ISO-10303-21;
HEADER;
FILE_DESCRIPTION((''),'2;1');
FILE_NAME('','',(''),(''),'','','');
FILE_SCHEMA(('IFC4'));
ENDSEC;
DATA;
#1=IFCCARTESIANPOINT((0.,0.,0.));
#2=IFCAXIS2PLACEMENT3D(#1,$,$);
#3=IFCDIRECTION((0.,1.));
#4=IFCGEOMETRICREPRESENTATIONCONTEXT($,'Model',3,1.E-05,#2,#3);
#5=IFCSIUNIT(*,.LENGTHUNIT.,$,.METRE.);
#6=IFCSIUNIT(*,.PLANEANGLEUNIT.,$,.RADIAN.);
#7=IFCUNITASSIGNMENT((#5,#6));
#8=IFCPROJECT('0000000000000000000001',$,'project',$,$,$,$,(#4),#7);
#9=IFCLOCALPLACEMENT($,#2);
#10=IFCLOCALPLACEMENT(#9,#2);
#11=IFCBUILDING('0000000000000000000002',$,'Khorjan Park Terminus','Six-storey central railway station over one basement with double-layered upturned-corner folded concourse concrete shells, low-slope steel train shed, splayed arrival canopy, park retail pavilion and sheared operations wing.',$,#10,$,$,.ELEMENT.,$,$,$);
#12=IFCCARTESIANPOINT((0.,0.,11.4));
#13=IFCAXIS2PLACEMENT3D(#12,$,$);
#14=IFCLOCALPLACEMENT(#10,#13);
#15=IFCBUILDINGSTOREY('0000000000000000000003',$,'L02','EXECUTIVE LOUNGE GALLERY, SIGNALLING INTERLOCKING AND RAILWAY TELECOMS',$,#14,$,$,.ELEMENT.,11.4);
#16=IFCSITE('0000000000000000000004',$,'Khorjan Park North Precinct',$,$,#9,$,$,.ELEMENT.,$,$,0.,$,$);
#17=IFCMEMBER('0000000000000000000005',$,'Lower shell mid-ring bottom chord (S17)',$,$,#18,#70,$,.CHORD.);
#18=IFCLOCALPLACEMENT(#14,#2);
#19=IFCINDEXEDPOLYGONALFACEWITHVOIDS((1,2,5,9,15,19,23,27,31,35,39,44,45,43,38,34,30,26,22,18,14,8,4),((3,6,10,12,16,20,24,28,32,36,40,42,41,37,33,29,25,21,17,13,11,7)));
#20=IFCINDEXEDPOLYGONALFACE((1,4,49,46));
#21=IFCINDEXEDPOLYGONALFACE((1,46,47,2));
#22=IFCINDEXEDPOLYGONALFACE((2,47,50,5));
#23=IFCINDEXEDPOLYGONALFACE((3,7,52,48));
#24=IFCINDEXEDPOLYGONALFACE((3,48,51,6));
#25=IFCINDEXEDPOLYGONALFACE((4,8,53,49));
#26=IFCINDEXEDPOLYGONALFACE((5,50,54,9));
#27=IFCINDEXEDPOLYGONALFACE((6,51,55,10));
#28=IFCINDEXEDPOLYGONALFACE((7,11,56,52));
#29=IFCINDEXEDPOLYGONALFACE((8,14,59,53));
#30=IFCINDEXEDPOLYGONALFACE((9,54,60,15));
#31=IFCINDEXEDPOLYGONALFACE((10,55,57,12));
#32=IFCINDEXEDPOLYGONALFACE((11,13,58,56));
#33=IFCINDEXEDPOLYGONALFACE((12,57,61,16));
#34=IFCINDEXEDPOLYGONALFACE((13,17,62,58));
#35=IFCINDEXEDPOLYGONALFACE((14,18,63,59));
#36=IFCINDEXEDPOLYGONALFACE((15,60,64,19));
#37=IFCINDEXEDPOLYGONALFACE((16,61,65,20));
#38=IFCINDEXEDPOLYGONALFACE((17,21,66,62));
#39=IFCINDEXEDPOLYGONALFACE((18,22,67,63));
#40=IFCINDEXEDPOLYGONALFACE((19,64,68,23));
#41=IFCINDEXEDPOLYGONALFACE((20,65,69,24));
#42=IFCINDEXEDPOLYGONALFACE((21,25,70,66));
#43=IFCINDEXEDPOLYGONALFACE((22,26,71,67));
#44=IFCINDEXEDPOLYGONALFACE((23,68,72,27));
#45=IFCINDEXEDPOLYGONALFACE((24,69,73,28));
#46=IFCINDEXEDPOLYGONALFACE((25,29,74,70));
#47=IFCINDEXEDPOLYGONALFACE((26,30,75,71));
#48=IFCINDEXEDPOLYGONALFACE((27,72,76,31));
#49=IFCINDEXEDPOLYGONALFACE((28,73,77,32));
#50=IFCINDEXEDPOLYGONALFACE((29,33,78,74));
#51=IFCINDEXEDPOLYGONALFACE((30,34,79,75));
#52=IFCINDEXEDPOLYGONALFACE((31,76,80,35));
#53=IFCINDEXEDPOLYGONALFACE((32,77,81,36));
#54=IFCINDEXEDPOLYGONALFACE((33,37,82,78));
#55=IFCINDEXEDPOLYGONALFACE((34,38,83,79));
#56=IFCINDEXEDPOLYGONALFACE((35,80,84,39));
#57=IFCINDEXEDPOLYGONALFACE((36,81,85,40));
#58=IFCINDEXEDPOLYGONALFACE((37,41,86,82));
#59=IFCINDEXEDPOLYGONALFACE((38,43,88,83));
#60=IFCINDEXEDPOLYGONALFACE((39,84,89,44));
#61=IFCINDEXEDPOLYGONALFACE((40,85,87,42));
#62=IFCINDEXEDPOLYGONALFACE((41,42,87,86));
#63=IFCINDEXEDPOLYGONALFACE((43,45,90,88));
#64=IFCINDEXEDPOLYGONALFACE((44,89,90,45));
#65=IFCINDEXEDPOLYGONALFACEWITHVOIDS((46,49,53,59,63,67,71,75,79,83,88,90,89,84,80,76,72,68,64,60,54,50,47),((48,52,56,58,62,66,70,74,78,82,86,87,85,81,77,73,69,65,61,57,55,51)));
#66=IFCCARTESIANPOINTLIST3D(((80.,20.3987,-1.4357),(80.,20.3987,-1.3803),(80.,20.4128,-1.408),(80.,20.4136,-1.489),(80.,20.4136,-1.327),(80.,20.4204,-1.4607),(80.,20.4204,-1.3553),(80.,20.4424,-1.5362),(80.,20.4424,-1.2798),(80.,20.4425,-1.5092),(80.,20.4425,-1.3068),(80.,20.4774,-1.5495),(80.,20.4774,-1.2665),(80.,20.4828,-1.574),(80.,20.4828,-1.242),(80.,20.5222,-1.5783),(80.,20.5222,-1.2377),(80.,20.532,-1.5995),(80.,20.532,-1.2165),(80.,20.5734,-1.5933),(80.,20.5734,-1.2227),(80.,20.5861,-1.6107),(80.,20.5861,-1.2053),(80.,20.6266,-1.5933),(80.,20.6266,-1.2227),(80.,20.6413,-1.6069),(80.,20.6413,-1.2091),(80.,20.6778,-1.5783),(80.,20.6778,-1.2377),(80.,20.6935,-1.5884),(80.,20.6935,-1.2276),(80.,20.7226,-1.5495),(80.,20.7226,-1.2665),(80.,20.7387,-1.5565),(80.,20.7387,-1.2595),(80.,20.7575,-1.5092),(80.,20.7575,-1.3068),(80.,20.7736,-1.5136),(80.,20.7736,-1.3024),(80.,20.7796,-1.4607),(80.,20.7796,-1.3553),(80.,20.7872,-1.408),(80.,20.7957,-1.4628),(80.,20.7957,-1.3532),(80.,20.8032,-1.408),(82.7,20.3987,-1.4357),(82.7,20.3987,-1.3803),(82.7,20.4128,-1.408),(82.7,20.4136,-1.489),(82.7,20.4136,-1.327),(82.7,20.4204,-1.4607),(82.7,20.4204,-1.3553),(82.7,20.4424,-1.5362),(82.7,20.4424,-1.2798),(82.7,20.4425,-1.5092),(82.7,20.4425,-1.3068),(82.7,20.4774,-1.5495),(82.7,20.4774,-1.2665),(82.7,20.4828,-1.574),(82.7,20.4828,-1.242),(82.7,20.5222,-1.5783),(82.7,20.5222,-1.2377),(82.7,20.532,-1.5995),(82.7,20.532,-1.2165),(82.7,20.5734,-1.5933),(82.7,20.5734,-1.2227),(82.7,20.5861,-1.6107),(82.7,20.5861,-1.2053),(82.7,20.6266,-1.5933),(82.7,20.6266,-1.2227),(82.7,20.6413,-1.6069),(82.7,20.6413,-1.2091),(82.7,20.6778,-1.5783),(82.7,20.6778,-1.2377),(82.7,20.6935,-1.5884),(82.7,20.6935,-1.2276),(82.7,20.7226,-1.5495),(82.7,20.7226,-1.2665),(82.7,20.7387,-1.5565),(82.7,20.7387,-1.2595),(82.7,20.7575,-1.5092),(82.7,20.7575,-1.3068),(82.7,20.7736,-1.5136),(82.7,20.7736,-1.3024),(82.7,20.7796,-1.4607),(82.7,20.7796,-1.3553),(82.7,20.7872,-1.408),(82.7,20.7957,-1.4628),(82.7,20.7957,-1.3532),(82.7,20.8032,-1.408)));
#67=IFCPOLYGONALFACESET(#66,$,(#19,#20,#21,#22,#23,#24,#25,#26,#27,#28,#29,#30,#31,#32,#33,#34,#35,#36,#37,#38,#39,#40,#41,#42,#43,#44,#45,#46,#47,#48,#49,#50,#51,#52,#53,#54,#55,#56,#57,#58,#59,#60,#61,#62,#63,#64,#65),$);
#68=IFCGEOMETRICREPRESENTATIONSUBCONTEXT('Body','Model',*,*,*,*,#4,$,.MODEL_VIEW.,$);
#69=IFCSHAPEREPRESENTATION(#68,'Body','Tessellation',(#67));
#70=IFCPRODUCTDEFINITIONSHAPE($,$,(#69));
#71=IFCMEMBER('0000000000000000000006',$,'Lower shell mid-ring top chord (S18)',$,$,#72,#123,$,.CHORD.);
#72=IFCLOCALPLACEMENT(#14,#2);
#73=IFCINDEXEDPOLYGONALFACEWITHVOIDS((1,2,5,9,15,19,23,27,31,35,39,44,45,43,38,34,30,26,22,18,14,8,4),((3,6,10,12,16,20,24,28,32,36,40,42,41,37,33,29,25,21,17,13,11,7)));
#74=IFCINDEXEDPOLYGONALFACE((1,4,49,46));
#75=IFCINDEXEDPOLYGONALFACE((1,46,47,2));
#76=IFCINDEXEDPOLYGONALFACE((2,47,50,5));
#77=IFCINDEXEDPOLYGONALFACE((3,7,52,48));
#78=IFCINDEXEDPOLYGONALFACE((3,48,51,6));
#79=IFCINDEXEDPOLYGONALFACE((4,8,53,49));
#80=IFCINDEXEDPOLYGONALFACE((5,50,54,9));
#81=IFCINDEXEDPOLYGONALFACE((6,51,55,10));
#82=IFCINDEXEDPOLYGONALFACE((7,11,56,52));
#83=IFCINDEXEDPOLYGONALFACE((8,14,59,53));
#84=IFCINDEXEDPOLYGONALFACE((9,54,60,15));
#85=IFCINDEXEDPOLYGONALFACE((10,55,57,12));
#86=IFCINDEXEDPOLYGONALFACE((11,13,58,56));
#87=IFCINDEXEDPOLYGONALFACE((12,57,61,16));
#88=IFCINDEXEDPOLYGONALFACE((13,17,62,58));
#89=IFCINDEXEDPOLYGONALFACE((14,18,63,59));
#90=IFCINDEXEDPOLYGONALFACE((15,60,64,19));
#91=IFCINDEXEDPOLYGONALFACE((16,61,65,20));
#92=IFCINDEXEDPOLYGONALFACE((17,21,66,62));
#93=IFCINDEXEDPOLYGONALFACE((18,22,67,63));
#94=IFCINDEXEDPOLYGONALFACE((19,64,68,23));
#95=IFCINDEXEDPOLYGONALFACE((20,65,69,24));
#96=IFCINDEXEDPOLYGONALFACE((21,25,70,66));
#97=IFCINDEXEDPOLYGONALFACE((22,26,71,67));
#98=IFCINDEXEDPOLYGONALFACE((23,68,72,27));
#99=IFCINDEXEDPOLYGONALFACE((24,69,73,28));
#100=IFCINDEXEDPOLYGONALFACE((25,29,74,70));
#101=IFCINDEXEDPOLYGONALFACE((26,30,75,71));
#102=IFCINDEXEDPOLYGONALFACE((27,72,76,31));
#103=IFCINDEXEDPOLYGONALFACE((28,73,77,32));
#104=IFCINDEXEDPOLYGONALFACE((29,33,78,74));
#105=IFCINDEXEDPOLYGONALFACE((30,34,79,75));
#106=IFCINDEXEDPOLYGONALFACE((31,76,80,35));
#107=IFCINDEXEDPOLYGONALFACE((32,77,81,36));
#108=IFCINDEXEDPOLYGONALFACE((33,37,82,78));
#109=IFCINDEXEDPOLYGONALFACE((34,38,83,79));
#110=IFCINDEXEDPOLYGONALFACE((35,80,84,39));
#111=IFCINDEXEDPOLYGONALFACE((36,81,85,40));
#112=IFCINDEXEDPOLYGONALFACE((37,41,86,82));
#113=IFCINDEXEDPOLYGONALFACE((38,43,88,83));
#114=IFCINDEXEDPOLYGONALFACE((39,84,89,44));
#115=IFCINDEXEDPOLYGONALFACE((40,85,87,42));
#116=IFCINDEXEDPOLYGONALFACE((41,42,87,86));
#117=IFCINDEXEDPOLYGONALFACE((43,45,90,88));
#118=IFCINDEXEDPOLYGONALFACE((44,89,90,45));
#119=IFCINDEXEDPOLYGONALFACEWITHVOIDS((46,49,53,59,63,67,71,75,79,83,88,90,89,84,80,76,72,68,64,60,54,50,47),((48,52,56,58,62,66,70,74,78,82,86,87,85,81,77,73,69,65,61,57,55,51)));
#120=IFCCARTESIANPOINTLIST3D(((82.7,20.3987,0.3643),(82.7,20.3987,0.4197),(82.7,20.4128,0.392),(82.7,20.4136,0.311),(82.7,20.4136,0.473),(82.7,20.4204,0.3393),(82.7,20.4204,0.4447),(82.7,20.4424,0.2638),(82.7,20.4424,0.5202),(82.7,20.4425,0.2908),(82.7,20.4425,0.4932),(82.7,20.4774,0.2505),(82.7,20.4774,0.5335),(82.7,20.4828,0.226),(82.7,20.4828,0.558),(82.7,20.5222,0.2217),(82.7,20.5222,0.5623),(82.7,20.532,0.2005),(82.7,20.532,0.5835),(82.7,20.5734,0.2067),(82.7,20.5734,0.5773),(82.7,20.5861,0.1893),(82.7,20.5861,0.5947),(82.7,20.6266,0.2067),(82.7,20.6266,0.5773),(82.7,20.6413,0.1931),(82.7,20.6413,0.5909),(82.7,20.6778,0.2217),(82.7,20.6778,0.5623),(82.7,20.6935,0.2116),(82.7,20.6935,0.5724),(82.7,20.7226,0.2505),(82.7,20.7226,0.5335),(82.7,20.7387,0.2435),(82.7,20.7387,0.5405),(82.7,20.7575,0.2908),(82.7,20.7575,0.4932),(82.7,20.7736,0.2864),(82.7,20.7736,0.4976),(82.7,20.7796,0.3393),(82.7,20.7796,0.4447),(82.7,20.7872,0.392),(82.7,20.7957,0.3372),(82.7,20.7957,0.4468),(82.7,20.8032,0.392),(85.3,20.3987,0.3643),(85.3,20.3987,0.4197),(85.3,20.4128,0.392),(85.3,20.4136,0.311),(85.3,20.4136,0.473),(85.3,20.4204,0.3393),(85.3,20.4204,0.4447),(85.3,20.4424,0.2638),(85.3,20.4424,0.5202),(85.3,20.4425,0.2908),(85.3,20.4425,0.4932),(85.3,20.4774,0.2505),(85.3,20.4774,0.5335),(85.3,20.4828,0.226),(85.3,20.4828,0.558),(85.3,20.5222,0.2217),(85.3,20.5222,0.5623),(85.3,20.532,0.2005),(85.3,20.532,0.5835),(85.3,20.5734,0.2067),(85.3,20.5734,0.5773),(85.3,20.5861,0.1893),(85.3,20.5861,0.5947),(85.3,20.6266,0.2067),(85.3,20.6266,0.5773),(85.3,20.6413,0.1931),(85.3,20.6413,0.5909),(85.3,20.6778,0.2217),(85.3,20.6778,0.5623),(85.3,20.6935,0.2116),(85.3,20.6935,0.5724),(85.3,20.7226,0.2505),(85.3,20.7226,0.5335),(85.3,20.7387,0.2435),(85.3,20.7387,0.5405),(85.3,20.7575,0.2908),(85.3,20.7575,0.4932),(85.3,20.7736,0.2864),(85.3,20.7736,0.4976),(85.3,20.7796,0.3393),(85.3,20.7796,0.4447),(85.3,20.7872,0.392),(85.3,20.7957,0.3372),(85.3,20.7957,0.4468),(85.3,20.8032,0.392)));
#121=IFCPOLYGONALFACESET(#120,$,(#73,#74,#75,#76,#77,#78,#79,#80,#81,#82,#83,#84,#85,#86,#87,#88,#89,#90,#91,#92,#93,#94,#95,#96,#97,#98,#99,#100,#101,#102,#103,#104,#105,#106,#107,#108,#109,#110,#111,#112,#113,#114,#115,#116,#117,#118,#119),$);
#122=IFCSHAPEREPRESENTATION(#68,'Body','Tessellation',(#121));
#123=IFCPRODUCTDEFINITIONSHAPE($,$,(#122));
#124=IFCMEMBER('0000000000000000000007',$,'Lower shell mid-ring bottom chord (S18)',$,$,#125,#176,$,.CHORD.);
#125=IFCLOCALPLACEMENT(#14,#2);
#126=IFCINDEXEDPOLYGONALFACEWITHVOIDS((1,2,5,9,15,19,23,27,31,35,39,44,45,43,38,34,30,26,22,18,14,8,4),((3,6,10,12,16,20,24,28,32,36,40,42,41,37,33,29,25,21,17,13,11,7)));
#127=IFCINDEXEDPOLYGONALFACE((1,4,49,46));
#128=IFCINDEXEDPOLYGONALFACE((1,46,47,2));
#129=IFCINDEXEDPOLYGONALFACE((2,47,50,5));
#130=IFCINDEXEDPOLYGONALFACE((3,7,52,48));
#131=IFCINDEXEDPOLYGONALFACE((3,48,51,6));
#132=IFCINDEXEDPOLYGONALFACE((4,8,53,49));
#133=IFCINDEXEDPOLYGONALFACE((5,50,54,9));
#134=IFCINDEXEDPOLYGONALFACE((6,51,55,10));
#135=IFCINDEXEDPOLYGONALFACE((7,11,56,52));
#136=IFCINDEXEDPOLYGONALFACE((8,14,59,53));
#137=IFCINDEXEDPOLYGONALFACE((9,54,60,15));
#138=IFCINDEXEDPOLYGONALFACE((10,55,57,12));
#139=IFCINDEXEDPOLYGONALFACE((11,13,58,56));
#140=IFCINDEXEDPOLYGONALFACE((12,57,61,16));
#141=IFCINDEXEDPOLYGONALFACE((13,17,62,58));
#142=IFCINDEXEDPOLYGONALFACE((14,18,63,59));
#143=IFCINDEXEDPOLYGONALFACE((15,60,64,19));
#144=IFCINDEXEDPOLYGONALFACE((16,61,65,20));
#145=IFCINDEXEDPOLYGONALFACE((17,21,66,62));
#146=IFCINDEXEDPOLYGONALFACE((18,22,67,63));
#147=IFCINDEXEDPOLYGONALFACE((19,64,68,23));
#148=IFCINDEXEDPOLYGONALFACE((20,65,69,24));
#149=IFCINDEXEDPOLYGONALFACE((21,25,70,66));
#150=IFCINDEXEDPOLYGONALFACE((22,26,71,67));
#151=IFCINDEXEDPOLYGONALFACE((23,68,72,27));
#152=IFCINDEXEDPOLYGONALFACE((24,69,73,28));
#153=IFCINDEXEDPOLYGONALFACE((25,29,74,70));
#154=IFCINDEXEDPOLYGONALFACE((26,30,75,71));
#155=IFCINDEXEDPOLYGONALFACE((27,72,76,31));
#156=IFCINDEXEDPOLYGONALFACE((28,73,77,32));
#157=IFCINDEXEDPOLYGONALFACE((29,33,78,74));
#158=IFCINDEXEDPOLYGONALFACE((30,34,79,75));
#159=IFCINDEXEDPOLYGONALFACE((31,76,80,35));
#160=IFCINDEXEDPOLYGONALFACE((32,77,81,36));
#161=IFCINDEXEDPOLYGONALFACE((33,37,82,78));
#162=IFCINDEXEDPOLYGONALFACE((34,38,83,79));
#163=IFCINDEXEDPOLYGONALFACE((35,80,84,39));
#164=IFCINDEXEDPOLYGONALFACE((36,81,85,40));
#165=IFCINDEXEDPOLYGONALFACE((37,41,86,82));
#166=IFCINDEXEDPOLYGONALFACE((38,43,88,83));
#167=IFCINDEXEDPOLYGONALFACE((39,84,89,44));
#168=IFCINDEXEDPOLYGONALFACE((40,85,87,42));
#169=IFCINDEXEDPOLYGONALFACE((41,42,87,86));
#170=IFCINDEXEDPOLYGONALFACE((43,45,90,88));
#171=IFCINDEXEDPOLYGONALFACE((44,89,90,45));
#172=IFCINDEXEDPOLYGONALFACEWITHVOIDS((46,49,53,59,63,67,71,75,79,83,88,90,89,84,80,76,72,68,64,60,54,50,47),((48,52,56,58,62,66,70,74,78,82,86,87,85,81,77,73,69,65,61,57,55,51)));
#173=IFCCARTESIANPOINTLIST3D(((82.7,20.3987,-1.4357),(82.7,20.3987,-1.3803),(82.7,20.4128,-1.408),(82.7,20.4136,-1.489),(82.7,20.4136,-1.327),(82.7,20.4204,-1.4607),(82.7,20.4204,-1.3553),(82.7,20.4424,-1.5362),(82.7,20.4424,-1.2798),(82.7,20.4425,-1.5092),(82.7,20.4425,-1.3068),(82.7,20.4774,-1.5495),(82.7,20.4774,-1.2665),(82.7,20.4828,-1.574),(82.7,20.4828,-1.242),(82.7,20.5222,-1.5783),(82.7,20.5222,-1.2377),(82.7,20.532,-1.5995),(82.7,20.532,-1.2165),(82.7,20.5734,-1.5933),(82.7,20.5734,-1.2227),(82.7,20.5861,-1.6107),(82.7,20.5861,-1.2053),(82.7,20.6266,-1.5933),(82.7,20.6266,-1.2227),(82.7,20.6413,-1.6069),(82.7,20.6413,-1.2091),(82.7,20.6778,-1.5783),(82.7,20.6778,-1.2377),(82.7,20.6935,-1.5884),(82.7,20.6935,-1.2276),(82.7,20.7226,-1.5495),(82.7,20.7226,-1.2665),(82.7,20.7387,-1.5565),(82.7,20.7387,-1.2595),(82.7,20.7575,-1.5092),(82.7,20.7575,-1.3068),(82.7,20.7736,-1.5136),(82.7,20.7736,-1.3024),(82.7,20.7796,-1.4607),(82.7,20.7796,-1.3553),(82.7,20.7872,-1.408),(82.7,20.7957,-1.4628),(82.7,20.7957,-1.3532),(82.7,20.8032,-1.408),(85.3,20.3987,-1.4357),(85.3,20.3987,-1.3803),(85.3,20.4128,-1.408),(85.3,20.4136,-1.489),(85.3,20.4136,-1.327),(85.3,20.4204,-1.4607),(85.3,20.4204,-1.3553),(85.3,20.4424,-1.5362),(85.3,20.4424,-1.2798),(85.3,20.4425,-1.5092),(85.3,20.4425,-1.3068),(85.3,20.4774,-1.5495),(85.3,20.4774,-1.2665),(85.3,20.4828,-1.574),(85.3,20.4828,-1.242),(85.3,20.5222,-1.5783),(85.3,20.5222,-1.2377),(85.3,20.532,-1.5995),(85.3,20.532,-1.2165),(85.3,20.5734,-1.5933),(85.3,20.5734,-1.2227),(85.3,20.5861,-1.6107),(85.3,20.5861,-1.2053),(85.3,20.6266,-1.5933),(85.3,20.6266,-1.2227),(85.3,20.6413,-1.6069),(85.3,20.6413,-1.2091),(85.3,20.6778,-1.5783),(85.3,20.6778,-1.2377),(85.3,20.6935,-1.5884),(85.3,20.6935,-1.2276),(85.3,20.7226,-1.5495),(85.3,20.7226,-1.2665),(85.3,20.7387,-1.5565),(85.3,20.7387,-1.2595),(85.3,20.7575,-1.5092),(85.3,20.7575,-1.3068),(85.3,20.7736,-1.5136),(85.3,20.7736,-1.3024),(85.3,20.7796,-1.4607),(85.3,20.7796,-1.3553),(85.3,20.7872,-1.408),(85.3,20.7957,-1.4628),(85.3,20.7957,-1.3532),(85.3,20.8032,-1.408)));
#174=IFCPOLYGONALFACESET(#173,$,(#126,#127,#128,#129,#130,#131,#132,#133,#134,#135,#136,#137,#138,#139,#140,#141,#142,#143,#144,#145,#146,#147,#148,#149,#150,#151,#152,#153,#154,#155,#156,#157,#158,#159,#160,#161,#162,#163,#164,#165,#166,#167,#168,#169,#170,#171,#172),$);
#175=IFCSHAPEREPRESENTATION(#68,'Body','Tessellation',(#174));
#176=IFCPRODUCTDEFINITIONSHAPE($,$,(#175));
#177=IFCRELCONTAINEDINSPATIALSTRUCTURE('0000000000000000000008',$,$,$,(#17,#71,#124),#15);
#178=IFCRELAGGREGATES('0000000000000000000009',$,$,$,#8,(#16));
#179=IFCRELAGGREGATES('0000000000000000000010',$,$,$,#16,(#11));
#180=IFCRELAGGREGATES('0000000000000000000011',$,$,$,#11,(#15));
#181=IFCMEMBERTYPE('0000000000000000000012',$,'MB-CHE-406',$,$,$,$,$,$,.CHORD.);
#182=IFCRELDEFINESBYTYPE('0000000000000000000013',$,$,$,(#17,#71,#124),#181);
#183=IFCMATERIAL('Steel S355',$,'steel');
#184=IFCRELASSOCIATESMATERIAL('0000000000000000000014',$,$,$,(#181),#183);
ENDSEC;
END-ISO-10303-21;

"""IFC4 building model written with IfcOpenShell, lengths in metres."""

from ifc_helpers import new_model, si_unit, direction, frame, origin, origin_2d, place, context, subcontext, project, spatial, hollow_circle, extrude, material, material_profile, profile_set, type_object, element, save


model = new_model("IFC4")

# Units and contexts
model_context = context("Model", 3, precision=1e-05, world=origin(), true_north=direction((0.0, 1.0)))
body_context = subcontext(model_context, "Body", "Model", "MODEL_VIEW")
ifc_project = project(units=[si_unit("LENGTHUNIT", "METRE"), si_unit("PLANEANGLEUNIT", "RADIAN")], contexts=[model_context])

# Site, building, storey
site_placement = place(None, origin())
site = spatial("IfcSite", under=ifc_project, at=site_placement, Name="Khorjan Park North Precinct", CompositionType="ELEMENT", RefElevation=0.0)
building_placement = place(site_placement, origin())
building = spatial("IfcBuilding", under=site, at=building_placement, Name="Khorjan Park Terminus", Description="Six-storey central railway station over one basement with double-layered upturned-corner folded concourse concrete shells, low-slope steel train shed, splayed arrival canopy, park retail pavilion and sheared operations wing.", CompositionType="ELEMENT")
storey_placement = place(building_placement, frame((0.0, 0.0, 11.4)))
storey = spatial("IfcBuildingStorey", under=building, at=storey_placement, Name="L02", Description="EXECUTIVE LOUNGE GALLERY, SIGNALLING INTERLOCKING AND RAILWAY TELECOMS", CompositionType="ELEMENT", Elevation=11.4)

# Members
ifc_material_1 = material(Name="Steel S355", Category="steel")
ifc_material_profile_1 = material_profile(ifc_material_1, hollow_circle(Radius=0.2032, WallThickness=0.016, at=origin_2d()), Name="CHS 406.4x16")
ifc_profile_set_1 = profile_set([ifc_material_profile_1], Name="Steel S355")
member_type_1 = type_object("IfcMemberType", Name="MB-CHE-406", PredefinedType="CHORD", material=ifc_profile_set_1)
for number, where, z_axis, x_axis, name in (
    (1, (80.0, 20.6, -1.408), (1.0, 0.0, 0.0), (0.0, 1.0, 0.0), "Lower shell mid-ring bottom chord (S17)"),
):
    element("IfcMember", number, at=place(storey_placement, frame(where, z_axis=z_axis, x_axis=x_axis)), inside=storey, type_object=member_type_1, Name=name, PredefinedType="CHORD", context=body_context, shape_type="SweptSolid", body=[
        extrude(hollow_circle(Radius=0.2032, WallThickness=0.016, at=origin_2d()), origin(), (0.0, 0.0, 1.0), 2.7),
    ])
for number, where, z_axis, x_axis, name in (
    (2, (82.7, 20.6, 0.392), (1.0, 0.0, 0.0), (0.0, 1.0, 0.0), "Lower shell mid-ring top chord (S18)"),
    (3, (82.7, 20.6, -1.408), (1.0, 0.0, 0.0), (0.0, 1.0, 0.0), "Lower shell mid-ring bottom chord (S18)"),
):
    element("IfcMember", number, at=place(storey_placement, frame(where, z_axis=z_axis, x_axis=x_axis)), inside=storey, type_object=member_type_1, Name=name, PredefinedType="CHORD", context=body_context, shape_type="SweptSolid", body=[
        extrude(hollow_circle(Radius=0.2032, WallThickness=0.016, at=origin_2d()), origin(), (0.0, 0.0, 1.0), 2.6),
    ])

save(model, "model.ifc")
